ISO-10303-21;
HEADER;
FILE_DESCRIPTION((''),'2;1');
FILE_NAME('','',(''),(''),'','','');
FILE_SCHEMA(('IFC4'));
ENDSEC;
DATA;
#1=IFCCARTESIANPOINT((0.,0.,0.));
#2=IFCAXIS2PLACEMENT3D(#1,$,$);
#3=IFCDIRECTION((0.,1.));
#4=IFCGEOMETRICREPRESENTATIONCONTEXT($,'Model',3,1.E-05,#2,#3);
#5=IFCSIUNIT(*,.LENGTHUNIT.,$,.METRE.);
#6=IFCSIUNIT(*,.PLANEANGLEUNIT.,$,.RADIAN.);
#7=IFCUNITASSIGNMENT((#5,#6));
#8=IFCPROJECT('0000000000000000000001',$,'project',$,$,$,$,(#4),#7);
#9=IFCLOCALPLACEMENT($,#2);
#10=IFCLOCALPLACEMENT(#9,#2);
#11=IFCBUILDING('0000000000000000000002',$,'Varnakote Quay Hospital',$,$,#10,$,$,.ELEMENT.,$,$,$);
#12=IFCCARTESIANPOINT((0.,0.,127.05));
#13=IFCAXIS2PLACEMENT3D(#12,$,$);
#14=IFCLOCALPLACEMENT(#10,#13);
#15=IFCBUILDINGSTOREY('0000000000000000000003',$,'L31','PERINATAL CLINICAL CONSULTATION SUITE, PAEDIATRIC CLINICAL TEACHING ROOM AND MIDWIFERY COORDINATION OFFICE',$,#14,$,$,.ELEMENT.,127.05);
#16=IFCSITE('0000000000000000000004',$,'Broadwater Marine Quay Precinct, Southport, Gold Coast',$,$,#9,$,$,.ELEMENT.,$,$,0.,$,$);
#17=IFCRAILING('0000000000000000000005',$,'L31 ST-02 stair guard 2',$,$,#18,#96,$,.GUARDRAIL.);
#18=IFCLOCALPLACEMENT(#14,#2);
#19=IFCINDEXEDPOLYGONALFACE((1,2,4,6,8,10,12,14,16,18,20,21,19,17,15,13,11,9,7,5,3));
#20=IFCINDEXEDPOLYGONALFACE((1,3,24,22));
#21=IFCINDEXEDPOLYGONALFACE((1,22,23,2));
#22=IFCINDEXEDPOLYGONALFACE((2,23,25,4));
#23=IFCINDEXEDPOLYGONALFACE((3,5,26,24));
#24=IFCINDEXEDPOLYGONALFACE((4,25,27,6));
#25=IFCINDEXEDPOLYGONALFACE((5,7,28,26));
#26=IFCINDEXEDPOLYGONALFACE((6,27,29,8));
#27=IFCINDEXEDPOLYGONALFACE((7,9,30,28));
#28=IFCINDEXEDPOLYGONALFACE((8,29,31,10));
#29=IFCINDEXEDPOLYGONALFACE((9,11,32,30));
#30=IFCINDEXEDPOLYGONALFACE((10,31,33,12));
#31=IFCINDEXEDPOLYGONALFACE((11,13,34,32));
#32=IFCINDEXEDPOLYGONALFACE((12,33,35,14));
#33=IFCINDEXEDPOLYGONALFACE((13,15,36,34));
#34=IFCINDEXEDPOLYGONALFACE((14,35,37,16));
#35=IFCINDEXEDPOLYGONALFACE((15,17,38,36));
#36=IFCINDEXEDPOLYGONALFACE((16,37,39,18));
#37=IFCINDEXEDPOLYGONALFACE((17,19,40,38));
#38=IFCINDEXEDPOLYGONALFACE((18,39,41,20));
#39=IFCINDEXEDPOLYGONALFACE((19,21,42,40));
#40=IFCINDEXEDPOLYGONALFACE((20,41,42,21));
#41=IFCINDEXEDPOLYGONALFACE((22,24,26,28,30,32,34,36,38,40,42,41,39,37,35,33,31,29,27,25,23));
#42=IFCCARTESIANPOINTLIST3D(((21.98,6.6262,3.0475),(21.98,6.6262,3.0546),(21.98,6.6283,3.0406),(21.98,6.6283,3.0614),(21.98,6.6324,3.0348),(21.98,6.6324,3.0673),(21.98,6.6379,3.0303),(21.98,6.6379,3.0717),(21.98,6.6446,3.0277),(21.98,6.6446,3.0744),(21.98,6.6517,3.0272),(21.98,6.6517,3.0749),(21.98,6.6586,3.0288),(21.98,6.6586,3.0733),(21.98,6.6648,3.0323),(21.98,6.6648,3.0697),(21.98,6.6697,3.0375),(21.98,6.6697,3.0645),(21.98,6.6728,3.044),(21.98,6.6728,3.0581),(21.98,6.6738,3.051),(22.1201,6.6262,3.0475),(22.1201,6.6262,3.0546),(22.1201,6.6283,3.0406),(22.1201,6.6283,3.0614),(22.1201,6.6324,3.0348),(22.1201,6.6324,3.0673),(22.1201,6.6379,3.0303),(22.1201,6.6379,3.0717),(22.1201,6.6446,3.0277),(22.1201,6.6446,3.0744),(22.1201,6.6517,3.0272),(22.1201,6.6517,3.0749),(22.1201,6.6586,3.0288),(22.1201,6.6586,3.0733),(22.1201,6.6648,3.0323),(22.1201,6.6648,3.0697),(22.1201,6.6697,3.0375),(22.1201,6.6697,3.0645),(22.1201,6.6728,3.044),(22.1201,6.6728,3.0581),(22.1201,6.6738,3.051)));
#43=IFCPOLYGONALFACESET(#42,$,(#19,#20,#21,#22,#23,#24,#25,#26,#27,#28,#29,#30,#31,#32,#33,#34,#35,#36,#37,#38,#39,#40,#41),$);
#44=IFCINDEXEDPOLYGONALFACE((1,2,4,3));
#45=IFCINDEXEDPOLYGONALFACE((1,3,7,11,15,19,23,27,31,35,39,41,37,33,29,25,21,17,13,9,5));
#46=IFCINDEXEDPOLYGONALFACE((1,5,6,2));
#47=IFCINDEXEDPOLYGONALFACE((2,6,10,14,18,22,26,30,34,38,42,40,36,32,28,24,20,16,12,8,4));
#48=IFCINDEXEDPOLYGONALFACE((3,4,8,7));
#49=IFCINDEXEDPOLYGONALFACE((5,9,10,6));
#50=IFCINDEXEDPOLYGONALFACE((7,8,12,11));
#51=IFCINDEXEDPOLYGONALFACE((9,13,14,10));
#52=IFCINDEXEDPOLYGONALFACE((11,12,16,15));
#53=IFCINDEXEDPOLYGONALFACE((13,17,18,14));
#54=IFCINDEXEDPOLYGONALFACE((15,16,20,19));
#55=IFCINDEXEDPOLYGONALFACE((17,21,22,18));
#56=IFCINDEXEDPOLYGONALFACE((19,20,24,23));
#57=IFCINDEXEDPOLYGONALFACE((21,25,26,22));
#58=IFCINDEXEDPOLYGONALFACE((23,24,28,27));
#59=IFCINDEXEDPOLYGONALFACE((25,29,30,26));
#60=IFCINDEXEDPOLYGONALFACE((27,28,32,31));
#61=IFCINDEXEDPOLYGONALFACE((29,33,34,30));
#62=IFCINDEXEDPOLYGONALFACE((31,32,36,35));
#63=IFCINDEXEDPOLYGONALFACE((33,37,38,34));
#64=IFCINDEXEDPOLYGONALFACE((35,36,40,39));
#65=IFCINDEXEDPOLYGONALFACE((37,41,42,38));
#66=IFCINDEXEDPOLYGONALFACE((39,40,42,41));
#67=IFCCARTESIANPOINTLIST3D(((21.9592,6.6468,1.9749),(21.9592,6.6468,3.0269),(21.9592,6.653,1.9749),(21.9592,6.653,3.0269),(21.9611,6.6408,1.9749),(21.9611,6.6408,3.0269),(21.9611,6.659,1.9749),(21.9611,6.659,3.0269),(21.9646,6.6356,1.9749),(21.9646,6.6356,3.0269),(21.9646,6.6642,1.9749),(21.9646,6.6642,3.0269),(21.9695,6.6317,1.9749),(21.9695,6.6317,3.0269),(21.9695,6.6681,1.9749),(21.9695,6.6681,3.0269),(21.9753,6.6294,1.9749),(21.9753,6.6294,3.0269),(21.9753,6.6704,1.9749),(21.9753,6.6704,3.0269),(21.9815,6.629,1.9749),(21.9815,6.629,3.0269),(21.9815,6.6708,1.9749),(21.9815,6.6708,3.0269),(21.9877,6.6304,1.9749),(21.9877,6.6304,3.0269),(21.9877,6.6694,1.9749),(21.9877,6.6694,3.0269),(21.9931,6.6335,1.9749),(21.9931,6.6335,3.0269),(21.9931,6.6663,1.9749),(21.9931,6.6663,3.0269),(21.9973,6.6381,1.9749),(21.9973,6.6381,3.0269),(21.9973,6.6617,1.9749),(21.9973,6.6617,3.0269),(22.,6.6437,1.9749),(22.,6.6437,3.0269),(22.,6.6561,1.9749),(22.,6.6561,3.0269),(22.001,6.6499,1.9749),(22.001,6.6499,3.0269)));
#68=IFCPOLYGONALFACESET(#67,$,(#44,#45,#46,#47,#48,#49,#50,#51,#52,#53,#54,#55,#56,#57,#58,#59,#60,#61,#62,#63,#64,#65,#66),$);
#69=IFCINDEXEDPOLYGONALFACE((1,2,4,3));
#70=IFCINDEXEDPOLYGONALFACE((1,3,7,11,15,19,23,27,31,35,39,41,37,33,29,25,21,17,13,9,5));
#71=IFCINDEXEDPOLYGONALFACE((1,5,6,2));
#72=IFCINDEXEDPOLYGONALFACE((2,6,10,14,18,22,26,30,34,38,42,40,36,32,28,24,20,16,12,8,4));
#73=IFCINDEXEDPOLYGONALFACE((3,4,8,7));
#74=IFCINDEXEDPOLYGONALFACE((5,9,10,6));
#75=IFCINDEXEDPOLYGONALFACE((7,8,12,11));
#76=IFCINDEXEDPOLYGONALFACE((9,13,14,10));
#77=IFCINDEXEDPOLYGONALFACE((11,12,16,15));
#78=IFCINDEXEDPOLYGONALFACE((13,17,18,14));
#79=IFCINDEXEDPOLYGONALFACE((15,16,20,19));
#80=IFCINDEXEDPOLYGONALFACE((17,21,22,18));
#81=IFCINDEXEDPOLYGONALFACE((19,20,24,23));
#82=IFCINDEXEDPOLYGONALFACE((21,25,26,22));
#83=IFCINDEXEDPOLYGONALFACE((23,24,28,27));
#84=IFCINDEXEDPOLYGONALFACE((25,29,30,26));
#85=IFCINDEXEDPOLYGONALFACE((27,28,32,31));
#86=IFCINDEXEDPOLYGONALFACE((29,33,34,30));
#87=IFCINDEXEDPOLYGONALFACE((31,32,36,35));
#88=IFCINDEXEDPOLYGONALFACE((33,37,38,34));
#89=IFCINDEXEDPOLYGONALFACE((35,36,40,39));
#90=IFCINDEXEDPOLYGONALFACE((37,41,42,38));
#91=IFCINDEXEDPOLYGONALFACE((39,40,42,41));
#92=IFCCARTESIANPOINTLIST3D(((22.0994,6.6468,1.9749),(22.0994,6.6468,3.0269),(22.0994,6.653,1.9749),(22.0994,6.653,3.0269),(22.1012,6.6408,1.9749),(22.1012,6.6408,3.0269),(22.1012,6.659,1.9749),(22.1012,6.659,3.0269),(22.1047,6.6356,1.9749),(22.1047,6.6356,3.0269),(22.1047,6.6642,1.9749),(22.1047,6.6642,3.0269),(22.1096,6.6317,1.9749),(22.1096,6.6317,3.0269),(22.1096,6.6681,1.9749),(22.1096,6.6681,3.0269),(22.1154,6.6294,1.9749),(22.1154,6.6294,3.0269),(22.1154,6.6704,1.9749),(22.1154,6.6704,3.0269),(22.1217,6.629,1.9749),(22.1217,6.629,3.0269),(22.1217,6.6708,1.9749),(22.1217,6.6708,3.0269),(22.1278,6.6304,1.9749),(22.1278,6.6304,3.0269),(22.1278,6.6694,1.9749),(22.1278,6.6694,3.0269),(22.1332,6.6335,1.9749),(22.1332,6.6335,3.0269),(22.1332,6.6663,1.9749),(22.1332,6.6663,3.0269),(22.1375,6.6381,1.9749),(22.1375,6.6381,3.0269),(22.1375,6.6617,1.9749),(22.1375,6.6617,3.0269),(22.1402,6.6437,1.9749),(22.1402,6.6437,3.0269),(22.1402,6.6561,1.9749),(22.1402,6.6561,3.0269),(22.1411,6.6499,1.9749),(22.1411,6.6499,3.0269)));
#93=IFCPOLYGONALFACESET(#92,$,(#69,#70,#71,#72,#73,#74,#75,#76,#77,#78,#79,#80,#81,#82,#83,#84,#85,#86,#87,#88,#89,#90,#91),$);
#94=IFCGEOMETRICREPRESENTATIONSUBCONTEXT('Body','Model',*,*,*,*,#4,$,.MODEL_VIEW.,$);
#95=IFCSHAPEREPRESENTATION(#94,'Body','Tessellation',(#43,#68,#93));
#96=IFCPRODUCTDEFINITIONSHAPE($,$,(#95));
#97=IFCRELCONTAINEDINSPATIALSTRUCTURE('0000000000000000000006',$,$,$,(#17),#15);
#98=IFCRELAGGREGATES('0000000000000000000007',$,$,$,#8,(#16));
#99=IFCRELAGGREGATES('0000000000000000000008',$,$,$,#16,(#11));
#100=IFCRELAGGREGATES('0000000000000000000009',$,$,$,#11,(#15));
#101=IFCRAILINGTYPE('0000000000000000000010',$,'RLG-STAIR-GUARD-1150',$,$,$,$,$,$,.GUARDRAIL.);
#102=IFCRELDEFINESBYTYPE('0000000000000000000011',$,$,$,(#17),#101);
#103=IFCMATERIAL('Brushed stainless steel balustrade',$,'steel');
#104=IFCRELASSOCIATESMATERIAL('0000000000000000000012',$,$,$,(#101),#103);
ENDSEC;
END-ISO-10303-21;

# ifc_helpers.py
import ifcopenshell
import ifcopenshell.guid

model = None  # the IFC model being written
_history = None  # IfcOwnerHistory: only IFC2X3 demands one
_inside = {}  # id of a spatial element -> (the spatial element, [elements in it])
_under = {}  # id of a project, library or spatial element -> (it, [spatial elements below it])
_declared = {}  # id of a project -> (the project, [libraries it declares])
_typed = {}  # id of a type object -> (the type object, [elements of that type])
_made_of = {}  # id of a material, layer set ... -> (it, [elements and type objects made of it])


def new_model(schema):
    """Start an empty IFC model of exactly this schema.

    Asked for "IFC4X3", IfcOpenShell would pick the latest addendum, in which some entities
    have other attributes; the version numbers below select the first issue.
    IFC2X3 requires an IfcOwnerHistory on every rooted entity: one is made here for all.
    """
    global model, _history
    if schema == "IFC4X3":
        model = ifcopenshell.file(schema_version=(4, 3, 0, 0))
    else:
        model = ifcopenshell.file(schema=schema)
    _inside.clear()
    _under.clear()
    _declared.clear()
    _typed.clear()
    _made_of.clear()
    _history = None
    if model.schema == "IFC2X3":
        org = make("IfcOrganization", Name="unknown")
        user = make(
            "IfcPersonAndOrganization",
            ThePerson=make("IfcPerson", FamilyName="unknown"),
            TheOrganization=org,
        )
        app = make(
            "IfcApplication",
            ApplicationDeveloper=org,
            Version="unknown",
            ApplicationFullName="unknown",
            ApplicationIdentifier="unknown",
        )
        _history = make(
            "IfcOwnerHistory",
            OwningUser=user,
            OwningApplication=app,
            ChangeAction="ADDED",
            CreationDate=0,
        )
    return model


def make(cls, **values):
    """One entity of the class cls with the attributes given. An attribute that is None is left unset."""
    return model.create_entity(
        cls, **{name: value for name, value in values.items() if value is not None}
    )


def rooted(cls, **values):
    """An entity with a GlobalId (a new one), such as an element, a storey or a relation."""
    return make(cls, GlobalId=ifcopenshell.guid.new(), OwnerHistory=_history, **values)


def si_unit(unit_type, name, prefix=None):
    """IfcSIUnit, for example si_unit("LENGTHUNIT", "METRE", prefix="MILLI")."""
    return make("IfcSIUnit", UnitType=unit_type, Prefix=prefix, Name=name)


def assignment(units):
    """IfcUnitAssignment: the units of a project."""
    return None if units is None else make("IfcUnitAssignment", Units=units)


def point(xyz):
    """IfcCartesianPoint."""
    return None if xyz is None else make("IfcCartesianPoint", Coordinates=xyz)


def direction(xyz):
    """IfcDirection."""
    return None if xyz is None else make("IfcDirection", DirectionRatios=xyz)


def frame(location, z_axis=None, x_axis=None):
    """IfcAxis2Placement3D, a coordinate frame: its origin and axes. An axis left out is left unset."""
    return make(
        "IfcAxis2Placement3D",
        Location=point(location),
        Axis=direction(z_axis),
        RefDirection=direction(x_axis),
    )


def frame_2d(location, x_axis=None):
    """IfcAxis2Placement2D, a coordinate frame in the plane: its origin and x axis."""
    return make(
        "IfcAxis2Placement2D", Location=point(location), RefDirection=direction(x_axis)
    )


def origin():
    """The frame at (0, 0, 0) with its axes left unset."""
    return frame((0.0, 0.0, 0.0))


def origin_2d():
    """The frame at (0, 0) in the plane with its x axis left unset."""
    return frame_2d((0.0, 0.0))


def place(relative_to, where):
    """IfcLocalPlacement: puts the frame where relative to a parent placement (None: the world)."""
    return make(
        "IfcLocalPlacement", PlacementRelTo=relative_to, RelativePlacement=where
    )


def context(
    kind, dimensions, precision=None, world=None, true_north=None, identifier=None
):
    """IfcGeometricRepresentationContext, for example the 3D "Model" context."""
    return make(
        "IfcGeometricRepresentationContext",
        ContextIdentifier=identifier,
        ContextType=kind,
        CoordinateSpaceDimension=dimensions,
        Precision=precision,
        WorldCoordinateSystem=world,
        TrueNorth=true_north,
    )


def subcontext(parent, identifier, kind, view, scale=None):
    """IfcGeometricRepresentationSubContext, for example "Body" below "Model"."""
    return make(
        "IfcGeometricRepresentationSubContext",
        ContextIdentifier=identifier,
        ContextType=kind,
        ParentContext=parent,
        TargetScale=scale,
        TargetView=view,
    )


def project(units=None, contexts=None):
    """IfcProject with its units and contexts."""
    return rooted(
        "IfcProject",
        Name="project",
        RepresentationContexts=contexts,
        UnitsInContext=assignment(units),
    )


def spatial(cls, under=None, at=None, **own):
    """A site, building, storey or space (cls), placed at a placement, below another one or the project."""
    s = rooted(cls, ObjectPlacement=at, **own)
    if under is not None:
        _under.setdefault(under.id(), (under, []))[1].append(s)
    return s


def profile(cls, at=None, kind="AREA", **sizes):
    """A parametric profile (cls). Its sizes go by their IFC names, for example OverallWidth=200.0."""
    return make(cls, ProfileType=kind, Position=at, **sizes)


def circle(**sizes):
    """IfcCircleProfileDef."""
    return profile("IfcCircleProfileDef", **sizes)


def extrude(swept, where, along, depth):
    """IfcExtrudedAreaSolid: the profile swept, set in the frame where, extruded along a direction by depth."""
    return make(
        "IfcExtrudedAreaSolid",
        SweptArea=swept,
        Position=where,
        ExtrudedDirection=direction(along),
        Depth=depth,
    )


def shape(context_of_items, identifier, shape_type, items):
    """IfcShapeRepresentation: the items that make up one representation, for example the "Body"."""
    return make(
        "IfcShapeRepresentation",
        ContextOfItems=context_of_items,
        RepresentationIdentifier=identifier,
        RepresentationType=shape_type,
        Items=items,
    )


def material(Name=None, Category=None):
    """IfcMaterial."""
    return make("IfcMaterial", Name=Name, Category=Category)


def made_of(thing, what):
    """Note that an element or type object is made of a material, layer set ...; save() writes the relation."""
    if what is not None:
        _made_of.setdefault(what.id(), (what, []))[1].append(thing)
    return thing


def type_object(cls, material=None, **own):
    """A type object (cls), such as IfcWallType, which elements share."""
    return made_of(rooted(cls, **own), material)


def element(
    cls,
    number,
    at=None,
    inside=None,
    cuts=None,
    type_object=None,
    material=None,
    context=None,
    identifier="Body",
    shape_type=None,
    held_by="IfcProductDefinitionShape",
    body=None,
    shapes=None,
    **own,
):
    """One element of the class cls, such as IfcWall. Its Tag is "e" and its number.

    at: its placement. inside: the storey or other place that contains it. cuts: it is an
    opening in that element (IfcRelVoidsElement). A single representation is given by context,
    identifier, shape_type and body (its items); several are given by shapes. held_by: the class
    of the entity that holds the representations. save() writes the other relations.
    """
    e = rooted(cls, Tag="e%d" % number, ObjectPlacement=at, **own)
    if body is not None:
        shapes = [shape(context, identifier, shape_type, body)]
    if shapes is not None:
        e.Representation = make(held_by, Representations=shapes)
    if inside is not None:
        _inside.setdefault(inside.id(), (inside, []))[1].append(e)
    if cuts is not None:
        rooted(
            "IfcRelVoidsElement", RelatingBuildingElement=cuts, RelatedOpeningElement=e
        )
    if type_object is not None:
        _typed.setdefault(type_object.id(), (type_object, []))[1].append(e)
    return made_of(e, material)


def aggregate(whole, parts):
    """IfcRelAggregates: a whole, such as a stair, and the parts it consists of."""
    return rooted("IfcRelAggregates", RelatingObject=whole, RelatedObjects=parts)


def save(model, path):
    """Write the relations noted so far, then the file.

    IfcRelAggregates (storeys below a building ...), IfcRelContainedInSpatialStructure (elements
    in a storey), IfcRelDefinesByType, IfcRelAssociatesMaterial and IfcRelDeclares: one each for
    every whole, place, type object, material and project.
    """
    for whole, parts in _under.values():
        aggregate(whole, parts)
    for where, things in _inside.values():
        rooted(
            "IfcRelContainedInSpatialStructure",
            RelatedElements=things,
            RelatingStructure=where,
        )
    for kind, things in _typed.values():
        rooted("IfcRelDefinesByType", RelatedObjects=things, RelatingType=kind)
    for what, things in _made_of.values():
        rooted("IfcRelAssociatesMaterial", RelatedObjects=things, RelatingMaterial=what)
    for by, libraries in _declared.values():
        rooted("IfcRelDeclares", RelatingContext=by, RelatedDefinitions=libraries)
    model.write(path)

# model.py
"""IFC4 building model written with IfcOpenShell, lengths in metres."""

from ifc_helpers import new_model, si_unit, direction, frame, origin, origin_2d, place, context, subcontext, project, spatial, circle, extrude, material, type_object, element, save


model = new_model("IFC4")

# Units and contexts
model_context = context("Model", 3, precision=1e-05, world=origin(), true_north=direction((0.0, 1.0)))
body_context = subcontext(model_context, "Body", "Model", "MODEL_VIEW")
ifc_project = project(units=[si_unit("LENGTHUNIT", "METRE"), si_unit("PLANEANGLEUNIT", "RADIAN")], contexts=[model_context])

# Site, building, storey
site_placement = place(None, origin())
site = spatial("IfcSite", under=ifc_project, at=site_placement, Name="Broadwater Marine Quay Precinct, Southport, Gold Coast", CompositionType="ELEMENT", RefElevation=0.0)
building_placement = place(site_placement, origin())
building = spatial("IfcBuilding", under=site, at=building_placement, Name="Varnakote Quay Hospital", CompositionType="ELEMENT")
storey_placement = place(building_placement, frame((0.0, 0.0, 127.05)))
storey = spatial("IfcBuildingStorey", under=building, at=storey_placement, Name="L31", Description="PERINATAL CLINICAL CONSULTATION SUITE, PAEDIATRIC CLINICAL TEACHING ROOM AND MIDWIFERY COORDINATION OFFICE", CompositionType="ELEMENT", Elevation=127.05)

# Railing
ifc_material_1 = material(Name="Brushed stainless steel balustrade", Category="steel")
railing_type_1 = type_object("IfcRailingType", Name="RLG-STAIR-GUARD-1150", PredefinedType="GUARDRAIL", material=ifc_material_1)
railing_1_placement = place(storey_placement, frame((21.98, 6.6499, 1.9749)))
element("IfcRailing", 1, at=railing_1_placement, inside=storey, type_object=railing_type_1, Name="L31 ST-02 stair guard 2", PredefinedType="GUARDRAIL", context=body_context, shape_type="SweptSolid", body=[
    extrude(circle(Radius=0.0239, at=origin_2d()), frame((0.0, 0.0, 1.0762), z_axis=(1.0, 0.0, 0.0), x_axis=(0.0, 1.0, 0.0)), (0.0, 0.0, 1.0), 0.1401),
    extrude(circle(Radius=0.021, at=origin_2d()), origin(), (0.0, 0.0, 1.0), 1.052),
    extrude(circle(Radius=0.021, at=origin_2d()), frame((0.1401, 0.0, 0.0)), (0.0, 0.0, 1.0), 1.052),
])

save(model, "model.ifc")
